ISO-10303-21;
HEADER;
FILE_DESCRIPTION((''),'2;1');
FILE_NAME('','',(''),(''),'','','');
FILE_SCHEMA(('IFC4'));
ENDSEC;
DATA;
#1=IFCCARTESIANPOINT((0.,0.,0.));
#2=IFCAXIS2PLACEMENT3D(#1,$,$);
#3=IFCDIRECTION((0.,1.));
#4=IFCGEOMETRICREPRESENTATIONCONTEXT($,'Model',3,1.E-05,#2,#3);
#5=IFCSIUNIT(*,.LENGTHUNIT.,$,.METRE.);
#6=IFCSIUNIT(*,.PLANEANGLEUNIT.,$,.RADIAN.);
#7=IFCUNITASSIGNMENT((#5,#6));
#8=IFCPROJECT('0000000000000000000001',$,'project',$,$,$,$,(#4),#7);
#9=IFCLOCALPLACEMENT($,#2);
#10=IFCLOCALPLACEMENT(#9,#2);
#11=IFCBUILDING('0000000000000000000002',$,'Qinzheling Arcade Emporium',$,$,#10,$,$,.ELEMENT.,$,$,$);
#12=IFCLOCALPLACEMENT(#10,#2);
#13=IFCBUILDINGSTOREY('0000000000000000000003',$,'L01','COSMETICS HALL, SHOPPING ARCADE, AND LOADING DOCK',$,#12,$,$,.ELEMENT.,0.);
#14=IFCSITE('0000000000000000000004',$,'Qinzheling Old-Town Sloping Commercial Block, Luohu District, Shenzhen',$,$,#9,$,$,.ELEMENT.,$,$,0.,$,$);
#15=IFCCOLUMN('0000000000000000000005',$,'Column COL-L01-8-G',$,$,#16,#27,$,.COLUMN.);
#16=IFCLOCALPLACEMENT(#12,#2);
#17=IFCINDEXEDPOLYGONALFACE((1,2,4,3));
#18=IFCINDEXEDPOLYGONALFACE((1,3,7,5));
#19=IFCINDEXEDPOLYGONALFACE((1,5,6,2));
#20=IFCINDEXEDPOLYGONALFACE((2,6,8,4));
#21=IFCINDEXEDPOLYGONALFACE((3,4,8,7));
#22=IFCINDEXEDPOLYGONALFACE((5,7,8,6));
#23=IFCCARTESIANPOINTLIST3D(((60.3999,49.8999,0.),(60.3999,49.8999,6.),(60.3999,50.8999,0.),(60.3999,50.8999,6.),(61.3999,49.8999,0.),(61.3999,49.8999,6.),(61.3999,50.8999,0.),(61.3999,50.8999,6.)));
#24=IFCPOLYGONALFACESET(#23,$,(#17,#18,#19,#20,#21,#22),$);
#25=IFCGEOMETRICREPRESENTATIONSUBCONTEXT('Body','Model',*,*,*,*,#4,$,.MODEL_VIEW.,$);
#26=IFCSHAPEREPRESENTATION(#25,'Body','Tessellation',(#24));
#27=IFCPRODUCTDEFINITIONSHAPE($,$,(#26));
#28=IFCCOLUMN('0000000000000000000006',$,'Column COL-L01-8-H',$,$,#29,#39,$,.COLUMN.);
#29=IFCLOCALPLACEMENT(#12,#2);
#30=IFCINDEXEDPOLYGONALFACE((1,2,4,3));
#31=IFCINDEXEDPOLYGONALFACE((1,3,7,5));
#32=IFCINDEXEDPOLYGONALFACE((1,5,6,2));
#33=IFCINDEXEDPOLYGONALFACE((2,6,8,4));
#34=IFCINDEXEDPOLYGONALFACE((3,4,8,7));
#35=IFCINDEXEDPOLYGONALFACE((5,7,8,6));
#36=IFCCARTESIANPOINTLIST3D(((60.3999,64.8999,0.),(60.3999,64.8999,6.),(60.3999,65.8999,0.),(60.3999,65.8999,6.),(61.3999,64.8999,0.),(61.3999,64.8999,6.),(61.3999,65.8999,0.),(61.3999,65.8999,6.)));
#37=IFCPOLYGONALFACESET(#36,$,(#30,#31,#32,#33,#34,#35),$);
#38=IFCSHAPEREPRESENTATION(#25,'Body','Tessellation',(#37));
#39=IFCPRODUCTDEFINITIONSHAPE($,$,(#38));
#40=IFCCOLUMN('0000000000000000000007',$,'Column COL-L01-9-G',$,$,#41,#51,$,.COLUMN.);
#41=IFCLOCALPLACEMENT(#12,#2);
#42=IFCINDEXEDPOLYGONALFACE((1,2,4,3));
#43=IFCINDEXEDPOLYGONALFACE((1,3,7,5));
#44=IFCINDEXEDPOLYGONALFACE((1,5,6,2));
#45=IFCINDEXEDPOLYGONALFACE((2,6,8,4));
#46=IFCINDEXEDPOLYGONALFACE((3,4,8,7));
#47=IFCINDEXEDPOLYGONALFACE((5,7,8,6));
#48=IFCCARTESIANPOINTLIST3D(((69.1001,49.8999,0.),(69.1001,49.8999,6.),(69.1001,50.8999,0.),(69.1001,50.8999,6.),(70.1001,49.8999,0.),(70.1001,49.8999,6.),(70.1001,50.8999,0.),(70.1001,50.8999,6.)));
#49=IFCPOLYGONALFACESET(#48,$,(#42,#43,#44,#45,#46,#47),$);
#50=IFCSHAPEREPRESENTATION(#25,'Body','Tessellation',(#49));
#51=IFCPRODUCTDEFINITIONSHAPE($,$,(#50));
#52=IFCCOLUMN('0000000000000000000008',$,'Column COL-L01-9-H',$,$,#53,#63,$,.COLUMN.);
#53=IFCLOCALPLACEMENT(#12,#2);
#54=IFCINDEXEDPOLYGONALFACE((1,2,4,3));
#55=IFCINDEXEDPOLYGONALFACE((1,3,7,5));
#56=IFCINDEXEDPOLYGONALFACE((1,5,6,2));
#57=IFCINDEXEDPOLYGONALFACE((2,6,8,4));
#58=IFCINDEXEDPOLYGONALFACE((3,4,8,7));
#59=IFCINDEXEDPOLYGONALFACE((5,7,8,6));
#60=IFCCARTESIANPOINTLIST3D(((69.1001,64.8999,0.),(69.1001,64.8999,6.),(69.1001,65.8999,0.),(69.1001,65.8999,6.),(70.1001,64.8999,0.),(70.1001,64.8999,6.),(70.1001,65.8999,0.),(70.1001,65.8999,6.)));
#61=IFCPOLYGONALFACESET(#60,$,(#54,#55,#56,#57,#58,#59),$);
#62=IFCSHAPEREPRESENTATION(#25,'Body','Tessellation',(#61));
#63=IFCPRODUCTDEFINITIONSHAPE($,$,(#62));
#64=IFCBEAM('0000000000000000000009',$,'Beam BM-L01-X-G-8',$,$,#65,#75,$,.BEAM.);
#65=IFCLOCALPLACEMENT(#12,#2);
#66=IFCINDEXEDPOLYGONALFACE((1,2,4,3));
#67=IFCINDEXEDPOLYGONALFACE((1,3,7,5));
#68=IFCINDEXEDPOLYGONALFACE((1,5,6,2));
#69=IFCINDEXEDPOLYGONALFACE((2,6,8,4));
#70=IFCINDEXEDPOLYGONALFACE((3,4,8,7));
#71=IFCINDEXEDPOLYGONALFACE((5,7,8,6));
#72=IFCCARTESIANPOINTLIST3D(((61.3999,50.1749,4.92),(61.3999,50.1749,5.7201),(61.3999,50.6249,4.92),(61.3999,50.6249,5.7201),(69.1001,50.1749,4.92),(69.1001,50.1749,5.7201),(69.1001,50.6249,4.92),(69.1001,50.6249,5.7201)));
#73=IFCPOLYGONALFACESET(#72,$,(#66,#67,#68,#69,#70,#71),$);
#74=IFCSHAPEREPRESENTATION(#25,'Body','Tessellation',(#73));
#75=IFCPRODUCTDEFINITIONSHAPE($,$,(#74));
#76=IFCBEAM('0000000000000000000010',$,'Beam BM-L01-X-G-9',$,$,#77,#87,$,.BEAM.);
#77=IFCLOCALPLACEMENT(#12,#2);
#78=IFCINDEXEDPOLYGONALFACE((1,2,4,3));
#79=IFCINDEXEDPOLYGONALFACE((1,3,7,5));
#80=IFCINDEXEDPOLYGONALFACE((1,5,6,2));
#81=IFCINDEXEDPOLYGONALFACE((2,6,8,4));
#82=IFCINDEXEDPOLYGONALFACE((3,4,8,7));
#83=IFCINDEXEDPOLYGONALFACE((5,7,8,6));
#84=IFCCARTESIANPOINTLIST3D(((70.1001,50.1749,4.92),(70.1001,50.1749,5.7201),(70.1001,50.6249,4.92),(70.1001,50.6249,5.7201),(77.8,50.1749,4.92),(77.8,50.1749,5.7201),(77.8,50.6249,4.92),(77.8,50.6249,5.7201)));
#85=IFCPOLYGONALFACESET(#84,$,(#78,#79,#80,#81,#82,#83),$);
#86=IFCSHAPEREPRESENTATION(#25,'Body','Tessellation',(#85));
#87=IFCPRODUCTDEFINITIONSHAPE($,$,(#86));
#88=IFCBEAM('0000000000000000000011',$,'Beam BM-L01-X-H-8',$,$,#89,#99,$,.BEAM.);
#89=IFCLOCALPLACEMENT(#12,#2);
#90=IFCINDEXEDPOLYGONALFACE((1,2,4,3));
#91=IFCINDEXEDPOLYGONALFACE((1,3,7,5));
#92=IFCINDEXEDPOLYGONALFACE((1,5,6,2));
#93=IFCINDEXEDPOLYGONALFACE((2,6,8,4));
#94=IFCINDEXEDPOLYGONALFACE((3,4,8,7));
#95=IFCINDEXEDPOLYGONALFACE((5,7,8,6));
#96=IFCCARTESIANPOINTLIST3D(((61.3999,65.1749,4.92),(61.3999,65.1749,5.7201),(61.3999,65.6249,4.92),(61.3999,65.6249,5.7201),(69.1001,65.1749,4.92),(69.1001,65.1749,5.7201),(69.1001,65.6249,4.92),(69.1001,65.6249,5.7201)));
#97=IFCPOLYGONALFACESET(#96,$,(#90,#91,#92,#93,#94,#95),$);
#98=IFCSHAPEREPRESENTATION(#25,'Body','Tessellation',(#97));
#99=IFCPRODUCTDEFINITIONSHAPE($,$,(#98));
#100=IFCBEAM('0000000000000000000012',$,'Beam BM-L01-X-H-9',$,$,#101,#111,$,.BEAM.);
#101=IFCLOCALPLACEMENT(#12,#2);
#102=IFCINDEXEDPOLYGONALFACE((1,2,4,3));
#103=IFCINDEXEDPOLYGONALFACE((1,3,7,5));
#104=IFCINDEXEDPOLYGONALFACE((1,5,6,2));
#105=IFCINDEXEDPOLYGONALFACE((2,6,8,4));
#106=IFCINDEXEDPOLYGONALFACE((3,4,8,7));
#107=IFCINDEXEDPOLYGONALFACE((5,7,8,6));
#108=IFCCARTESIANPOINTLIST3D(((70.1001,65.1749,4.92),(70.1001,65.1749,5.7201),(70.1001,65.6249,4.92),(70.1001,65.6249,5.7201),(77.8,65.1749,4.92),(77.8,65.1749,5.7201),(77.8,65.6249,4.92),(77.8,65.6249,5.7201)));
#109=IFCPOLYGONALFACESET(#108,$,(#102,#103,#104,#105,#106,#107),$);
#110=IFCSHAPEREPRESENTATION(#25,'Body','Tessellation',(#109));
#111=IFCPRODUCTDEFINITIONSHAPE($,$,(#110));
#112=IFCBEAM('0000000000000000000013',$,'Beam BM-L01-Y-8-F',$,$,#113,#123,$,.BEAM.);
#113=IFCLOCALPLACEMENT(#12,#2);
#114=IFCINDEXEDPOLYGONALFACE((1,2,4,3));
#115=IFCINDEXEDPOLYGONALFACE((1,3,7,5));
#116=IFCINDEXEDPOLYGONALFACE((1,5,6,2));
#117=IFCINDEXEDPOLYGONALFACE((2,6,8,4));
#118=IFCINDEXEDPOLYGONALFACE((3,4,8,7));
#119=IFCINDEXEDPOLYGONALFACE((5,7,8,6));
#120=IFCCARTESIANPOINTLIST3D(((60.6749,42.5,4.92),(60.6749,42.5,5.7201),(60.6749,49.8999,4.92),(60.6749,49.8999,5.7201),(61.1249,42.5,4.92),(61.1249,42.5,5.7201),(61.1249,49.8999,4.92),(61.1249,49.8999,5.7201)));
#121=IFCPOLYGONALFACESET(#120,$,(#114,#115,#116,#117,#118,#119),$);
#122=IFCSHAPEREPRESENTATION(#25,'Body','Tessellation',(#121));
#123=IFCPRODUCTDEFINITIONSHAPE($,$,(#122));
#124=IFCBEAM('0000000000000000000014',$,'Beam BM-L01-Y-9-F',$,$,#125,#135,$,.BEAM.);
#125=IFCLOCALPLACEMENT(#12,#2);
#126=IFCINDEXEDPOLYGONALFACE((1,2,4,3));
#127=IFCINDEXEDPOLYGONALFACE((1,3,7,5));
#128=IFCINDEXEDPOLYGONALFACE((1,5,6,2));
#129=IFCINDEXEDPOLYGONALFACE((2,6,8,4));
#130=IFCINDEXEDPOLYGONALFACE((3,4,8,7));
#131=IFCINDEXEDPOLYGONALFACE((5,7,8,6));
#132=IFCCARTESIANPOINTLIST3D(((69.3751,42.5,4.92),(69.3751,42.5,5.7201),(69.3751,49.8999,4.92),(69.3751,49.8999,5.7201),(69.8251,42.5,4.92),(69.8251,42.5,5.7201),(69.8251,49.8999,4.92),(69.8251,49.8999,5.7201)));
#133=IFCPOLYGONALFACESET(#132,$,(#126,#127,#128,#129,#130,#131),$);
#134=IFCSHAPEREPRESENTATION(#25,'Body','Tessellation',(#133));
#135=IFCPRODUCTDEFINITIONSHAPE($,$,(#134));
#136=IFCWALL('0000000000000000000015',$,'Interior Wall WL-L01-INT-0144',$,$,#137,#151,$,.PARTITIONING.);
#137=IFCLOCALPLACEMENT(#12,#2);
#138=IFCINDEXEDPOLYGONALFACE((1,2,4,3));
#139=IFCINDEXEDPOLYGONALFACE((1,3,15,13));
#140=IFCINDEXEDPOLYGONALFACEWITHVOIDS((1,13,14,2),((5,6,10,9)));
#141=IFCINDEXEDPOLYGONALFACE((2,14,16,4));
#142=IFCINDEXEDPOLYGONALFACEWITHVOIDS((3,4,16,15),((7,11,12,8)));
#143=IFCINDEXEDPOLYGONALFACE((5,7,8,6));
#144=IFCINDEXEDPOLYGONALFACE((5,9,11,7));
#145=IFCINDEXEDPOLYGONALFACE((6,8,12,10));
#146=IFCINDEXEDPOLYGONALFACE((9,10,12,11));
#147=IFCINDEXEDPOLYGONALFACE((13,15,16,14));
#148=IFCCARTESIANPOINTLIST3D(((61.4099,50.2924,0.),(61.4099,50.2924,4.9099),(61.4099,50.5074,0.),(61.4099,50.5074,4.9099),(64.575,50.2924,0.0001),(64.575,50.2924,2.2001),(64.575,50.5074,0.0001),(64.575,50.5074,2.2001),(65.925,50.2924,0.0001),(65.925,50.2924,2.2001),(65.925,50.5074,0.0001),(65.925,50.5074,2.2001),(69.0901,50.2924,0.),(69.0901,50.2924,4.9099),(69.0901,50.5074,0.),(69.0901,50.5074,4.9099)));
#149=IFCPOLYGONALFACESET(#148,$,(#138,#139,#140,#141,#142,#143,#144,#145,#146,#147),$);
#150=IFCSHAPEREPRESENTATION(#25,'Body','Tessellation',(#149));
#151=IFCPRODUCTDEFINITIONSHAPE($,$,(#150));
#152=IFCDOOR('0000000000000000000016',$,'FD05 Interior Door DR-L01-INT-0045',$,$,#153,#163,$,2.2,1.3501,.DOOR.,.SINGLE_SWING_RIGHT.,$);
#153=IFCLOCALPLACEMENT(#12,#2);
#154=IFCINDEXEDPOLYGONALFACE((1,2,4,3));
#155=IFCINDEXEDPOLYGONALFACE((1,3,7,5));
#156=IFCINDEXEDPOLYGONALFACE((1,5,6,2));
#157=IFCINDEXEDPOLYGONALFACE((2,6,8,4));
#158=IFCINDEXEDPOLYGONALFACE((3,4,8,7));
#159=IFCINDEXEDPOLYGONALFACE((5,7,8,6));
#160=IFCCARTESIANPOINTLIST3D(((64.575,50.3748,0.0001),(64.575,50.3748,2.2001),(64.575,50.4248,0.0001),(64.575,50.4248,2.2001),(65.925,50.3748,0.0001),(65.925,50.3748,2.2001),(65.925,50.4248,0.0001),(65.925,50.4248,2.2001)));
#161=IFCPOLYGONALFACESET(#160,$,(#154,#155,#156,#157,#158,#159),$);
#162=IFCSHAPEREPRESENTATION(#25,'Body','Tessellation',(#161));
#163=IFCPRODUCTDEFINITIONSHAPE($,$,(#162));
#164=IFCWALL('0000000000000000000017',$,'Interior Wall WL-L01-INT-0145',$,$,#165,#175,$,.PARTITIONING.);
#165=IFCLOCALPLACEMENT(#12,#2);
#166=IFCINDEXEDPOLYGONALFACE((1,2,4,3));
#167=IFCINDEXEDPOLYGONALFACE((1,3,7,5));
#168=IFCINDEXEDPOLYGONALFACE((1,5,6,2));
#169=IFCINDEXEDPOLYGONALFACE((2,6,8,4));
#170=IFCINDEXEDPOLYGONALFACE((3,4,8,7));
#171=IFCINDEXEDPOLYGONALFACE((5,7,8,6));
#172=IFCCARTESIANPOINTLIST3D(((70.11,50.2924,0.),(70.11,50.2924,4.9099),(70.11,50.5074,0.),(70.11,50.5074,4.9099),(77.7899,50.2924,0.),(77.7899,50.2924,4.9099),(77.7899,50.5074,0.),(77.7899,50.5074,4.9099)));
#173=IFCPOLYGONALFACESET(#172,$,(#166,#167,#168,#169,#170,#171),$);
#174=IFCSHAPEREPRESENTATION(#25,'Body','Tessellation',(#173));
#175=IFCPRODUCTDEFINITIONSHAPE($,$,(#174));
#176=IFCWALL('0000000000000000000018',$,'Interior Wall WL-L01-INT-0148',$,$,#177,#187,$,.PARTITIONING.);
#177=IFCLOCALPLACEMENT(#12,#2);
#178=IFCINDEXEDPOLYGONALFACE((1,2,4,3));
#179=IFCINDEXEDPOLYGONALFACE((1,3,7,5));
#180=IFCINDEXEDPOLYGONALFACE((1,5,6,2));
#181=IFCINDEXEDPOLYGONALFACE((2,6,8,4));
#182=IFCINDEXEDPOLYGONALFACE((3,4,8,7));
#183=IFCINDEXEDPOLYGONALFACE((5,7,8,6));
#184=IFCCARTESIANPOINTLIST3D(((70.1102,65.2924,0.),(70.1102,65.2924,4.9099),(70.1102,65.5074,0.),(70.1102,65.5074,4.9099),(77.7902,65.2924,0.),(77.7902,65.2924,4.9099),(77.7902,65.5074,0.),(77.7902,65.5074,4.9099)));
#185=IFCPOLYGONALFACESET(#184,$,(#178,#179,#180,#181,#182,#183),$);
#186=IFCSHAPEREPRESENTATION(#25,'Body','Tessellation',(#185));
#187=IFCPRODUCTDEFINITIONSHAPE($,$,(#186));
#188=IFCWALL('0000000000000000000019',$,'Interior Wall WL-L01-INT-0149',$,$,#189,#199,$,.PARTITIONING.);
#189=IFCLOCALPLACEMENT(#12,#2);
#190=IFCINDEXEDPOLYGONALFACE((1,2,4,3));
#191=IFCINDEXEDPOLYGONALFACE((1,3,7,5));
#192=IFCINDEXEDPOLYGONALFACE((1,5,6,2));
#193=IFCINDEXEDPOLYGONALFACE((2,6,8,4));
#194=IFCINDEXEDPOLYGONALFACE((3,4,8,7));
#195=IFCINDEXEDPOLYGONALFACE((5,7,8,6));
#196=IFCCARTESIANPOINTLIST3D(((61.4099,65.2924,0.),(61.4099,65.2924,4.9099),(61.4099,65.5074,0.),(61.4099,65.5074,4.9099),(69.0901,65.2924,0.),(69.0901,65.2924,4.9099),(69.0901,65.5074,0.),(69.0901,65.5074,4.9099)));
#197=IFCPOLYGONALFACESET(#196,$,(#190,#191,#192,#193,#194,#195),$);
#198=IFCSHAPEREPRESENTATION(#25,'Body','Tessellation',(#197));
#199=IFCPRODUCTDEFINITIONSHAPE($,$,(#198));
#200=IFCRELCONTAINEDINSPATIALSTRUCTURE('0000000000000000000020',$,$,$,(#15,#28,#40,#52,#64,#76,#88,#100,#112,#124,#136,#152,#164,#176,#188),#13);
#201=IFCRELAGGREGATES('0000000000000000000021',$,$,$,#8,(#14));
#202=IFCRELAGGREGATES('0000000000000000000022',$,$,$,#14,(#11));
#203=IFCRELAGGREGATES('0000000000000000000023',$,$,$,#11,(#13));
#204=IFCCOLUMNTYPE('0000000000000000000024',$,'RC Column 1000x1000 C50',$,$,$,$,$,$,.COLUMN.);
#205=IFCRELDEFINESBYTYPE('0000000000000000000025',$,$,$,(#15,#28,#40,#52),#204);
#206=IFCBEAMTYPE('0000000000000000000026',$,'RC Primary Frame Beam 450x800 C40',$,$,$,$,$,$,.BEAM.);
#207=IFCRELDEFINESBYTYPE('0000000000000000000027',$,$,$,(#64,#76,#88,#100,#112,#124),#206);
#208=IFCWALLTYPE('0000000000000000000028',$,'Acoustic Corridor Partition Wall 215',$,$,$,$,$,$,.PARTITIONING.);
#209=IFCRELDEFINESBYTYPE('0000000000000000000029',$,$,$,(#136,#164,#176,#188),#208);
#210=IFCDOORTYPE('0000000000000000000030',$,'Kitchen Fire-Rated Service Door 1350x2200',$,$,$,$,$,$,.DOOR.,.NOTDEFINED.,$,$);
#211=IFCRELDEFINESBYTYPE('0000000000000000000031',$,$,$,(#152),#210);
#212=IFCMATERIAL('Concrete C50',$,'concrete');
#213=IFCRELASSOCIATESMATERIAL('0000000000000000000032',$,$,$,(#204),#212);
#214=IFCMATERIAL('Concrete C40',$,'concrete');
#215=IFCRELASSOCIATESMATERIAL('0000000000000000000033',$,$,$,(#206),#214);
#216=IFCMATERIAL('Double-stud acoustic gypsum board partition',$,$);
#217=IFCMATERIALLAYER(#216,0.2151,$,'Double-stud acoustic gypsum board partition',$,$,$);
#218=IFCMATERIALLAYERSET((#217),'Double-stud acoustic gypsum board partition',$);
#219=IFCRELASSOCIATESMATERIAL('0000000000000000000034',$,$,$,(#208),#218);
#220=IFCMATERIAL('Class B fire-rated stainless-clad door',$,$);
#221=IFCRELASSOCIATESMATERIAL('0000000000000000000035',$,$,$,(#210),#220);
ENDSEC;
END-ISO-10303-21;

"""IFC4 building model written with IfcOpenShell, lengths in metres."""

from ifc_helpers import new_model, si_unit, direction, frame, frame_2d, origin, origin_2d, place, context, subcontext, project, spatial, rectangle, extrude, material, layer, layer_set, material_profile, profile_set, type_object, element, fill, save


model = new_model("IFC4")

# Units and contexts
model_context = context("Model", 3, precision=1e-05, world=origin(), true_north=direction((0.0, 1.0)))
body_context = subcontext(model_context, "Body", "Model", "MODEL_VIEW")
ifc_project = project(units=[si_unit("LENGTHUNIT", "METRE"), si_unit("PLANEANGLEUNIT", "RADIAN")], contexts=[model_context])

# Site, building, storey
site_placement = place(None, origin())
site = spatial("IfcSite", under=ifc_project, at=site_placement, Name="Qinzheling Old-Town Sloping Commercial Block, Luohu District, Shenzhen", CompositionType="ELEMENT", RefElevation=0.0)
building_placement = place(site_placement, origin())
building = spatial("IfcBuilding", under=site, at=building_placement, Name="Qinzheling Arcade Emporium", CompositionType="ELEMENT")
storey_placement = place(building_placement, origin())
storey = spatial("IfcBuildingStorey", under=building, at=storey_placement, Name="L01", Description="COSMETICS HALL, SHOPPING ARCADE, AND LOADING DOCK", CompositionType="ELEMENT", Elevation=0.0)

# Columns
ifc_material_1 = material(Name="Concrete C50", Category="concrete")
ifc_material_profile_1 = material_profile(ifc_material_1, rectangle(XDim=1.0, YDim=1.0, at=origin_2d()), Name="RC 1000x1000", Category="concrete")
ifc_profile_set_1 = profile_set([ifc_material_profile_1], Name="Concrete C50")
column_type = type_object("IfcColumnType", Name="RC Column 1000x1000 C50", PredefinedType="COLUMN", material=ifc_profile_set_1)
for number, where, z_axis, x_axis, name in (
    (1, (60.8999, 50.3999, 0.0), (0.0, 0.0, 1.0), (1.0, 0.0, 0.0), "Column COL-L01-8-G"),
    (2, (60.8999, 65.3999, 0.0), (0.0, 0.0, 1.0), (1.0, 0.0, 0.0), "Column COL-L01-8-H"),
    (3, (69.6001, 50.3999, 0.0), (0.0, 0.0, 1.0), (1.0, 0.0, 0.0), "Column COL-L01-9-G"),
    (4, (69.6001, 65.3999, 0.0), (0.0, 0.0, 1.0), (1.0, 0.0, 0.0), "Column COL-L01-9-H"),
):
    element("IfcColumn", number, at=place(storey_placement, frame(where, z_axis=z_axis, x_axis=x_axis)), inside=storey, type_object=column_type, Name=name, PredefinedType="COLUMN", context=body_context, shape_type="SweptSolid", body=[
        extrude(rectangle(XDim=1.0, YDim=1.0, at=origin_2d()), origin(), (0.0, 0.0, 1.0), 6.0),
    ])

# Beams
ifc_material_2 = material(Name="Concrete C40", Category="concrete")
ifc_material_profile_2 = material_profile(ifc_material_2, rectangle(XDim=0.45, YDim=0.8, at=origin_2d()), Name="RC 450x800", Category="concrete")
ifc_profile_set_2 = profile_set([ifc_material_profile_2], Name="Concrete C40")
beam_type = type_object("IfcBeamType", Name="RC Primary Frame Beam 450x800 C40", PredefinedType="BEAM", material=ifc_profile_set_2)
beam_1_placement = place(storey_placement, frame((61.3999, 50.3999, 5.3201), z_axis=(1.0, 0.0, 0.0), x_axis=(0.0, 1.0, 0.0)))
element("IfcBeam", 5, at=beam_1_placement, inside=storey, type_object=beam_type, Name="Beam BM-L01-X-G-8", PredefinedType="BEAM", context=body_context, shape_type="SweptSolid", body=[
    extrude(rectangle(XDim=0.45, YDim=0.8, at=origin_2d()), origin(), (0.0, 0.0, 1.0), 7.7002),
])
beam_2_placement = place(storey_placement, frame((70.1001, 50.3999, 5.3201), z_axis=(1.0, 0.0, 0.0), x_axis=(0.0, 1.0, 0.0)))
element("IfcBeam", 6, at=beam_2_placement, inside=storey, type_object=beam_type, Name="Beam BM-L01-X-G-9", PredefinedType="BEAM", context=body_context, shape_type="SweptSolid", body=[
    extrude(rectangle(XDim=0.45, YDim=0.8, at=origin_2d()), origin(), (0.0, 0.0, 1.0), 7.7),
])
beam_3_placement = place(storey_placement, frame((61.3999, 65.3999, 5.3201), z_axis=(1.0, 0.0, 0.0), x_axis=(0.0, 1.0, 0.0)))
element("IfcBeam", 7, at=beam_3_placement, inside=storey, type_object=beam_type, Name="Beam BM-L01-X-H-8", PredefinedType="BEAM", context=body_context, shape_type="SweptSolid", body=[
    extrude(rectangle(XDim=0.45, YDim=0.8, at=origin_2d()), origin(), (0.0, 0.0, 1.0), 7.7002),
])
beam_4_placement = place(storey_placement, frame((70.1001, 65.3999, 5.3201), z_axis=(1.0, 0.0, 0.0), x_axis=(0.0, 1.0, 0.0)))
element("IfcBeam", 8, at=beam_4_placement, inside=storey, type_object=beam_type, Name="Beam BM-L01-X-H-9", PredefinedType="BEAM", context=body_context, shape_type="SweptSolid", body=[
    extrude(rectangle(XDim=0.45, YDim=0.8, at=origin_2d()), origin(), (0.0, 0.0, 1.0), 7.7),
])
for number, where, z_axis, x_axis, name in (
    (9, (60.8999, 42.5, 5.3201), (0.0, 1.0, 0.0), (-1.0, 0.0, 0.0), "Beam BM-L01-Y-8-F"),
    (10, (69.6001, 42.5, 5.3201), (0.0, 1.0, 0.0), (-1.0, 0.0, 0.0), "Beam BM-L01-Y-9-F"),
):
    element("IfcBeam", number, at=place(storey_placement, frame(where, z_axis=z_axis, x_axis=x_axis)), inside=storey, type_object=beam_type, Name=name, PredefinedType="BEAM", context=body_context, shape_type="SweptSolid", body=[
        extrude(rectangle(XDim=0.45, YDim=0.8, at=origin_2d()), origin(), (0.0, 0.0, 1.0), 7.3999),
    ])

# Wall, opening, door
ifc_material_3 = material(Name="Double-stud acoustic gypsum board partition")
ifc_layer = layer(ifc_material_3, 0.2151, Name="Double-stud acoustic gypsum board partition")
ifc_layer_set = layer_set([ifc_layer], Name="Double-stud acoustic gypsum board partition")
wall_type = type_object("IfcWallType", Name="Acoustic Corridor Partition Wall 215", PredefinedType="PARTITIONING", material=ifc_layer_set)
wall_1_placement = place(storey_placement, frame((61.4099, 50.3999, 0.0), z_axis=(0.0, 0.0, 1.0), x_axis=(1.0, 0.0, 0.0)))
wall_1 = element("IfcWall", 11, at=wall_1_placement, inside=storey, type_object=wall_type, Name="Interior Wall WL-L01-INT-0144", PredefinedType="PARTITIONING", context=body_context, shape_type="SweptSolid", body=[
    extrude(rectangle(XDim=7.6802, YDim=0.2151, at=frame_2d((3.8401, 0.0))), origin(), (0.0, 0.0, 1.0), 4.9099),
])
opening_placement = place(wall_1_placement, frame((3.165, 0.0, 0.0)))
opening = element("IfcOpeningElement", 12, at=opening_placement, cuts=wall_1, PredefinedType="OPENING", context=body_context, shape_type="SweptSolid", body=[
    extrude(rectangle(XDim=1.3501, YDim=2.2, at=frame_2d((0.675, 1.1001))), frame((0.0, 0.1177, 0.0), z_axis=(0.0, -1.0, 0.0), x_axis=(1.0, 0.0, 0.0)), (0.0, 0.0, 1.0), 0.2351),
])
ifc_material_4 = material(Name="Class B fire-rated stainless-clad door")
door_type = type_object("IfcDoorType", Name="Kitchen Fire-Rated Service Door 1350x2200", OperationType="NOTDEFINED", PredefinedType="DOOR", material=ifc_material_4)
door_placement = place(opening_placement, origin())
door = element("IfcDoor", 13, at=door_placement, inside=storey, type_object=door_type, Name="FD05 Interior Door DR-L01-INT-0045", OperationType="SINGLE_SWING_RIGHT", OverallHeight=2.2, OverallWidth=1.3501, PredefinedType="DOOR", context=body_context, shape_type="SweptSolid", body=[
    extrude(rectangle(XDim=1.3501, YDim=2.2, at=frame_2d((0.675, 1.1001))), frame((0.0, 0.0249, 0.0), z_axis=(0.0, -1.0, 0.0), x_axis=(1.0, 0.0, 0.0)), (0.0, 0.0, 1.0), 0.05),
])
fill(opening, door)

# Walls
for number, where, z_axis, x_axis, name in (
    (14, (70.1101, 50.3999, 0.0), (0.0, 0.0, 1.0), (1.0, 0.0, 0.0), "Interior Wall WL-L01-INT-0145"),
    (15, (77.79, 65.3999, 0.0), (0.0, 0.0, 1.0), (-1.0, 0.0, 0.0), "Interior Wall WL-L01-INT-0148"),
):
    element("IfcWall", number, at=place(storey_placement, frame(where, z_axis=z_axis, x_axis=x_axis)), inside=storey, type_object=wall_type, Name=name, PredefinedType="PARTITIONING", context=body_context, shape_type="SweptSolid", body=[
        extrude(rectangle(XDim=7.6799, YDim=0.2151, at=frame_2d((3.8398, 0.0))), origin(), (0.0, 0.0, 1.0), 4.9099),
    ])
wall_2_placement = place(storey_placement, frame((69.0901, 65.3999, 0.0), z_axis=(0.0, 0.0, 1.0), x_axis=(-1.0, 0.0, 0.0)))
element("IfcWall", 16, at=wall_2_placement, inside=storey, type_object=wall_type, Name="Interior Wall WL-L01-INT-0149", PredefinedType="PARTITIONING", context=body_context, shape_type="SweptSolid", body=[
    extrude(rectangle(XDim=7.6802, YDim=0.2151, at=frame_2d((3.8401, 0.0))), origin(), (0.0, 0.0, 1.0), 4.9099),
])

save(model, "model.ifc")
